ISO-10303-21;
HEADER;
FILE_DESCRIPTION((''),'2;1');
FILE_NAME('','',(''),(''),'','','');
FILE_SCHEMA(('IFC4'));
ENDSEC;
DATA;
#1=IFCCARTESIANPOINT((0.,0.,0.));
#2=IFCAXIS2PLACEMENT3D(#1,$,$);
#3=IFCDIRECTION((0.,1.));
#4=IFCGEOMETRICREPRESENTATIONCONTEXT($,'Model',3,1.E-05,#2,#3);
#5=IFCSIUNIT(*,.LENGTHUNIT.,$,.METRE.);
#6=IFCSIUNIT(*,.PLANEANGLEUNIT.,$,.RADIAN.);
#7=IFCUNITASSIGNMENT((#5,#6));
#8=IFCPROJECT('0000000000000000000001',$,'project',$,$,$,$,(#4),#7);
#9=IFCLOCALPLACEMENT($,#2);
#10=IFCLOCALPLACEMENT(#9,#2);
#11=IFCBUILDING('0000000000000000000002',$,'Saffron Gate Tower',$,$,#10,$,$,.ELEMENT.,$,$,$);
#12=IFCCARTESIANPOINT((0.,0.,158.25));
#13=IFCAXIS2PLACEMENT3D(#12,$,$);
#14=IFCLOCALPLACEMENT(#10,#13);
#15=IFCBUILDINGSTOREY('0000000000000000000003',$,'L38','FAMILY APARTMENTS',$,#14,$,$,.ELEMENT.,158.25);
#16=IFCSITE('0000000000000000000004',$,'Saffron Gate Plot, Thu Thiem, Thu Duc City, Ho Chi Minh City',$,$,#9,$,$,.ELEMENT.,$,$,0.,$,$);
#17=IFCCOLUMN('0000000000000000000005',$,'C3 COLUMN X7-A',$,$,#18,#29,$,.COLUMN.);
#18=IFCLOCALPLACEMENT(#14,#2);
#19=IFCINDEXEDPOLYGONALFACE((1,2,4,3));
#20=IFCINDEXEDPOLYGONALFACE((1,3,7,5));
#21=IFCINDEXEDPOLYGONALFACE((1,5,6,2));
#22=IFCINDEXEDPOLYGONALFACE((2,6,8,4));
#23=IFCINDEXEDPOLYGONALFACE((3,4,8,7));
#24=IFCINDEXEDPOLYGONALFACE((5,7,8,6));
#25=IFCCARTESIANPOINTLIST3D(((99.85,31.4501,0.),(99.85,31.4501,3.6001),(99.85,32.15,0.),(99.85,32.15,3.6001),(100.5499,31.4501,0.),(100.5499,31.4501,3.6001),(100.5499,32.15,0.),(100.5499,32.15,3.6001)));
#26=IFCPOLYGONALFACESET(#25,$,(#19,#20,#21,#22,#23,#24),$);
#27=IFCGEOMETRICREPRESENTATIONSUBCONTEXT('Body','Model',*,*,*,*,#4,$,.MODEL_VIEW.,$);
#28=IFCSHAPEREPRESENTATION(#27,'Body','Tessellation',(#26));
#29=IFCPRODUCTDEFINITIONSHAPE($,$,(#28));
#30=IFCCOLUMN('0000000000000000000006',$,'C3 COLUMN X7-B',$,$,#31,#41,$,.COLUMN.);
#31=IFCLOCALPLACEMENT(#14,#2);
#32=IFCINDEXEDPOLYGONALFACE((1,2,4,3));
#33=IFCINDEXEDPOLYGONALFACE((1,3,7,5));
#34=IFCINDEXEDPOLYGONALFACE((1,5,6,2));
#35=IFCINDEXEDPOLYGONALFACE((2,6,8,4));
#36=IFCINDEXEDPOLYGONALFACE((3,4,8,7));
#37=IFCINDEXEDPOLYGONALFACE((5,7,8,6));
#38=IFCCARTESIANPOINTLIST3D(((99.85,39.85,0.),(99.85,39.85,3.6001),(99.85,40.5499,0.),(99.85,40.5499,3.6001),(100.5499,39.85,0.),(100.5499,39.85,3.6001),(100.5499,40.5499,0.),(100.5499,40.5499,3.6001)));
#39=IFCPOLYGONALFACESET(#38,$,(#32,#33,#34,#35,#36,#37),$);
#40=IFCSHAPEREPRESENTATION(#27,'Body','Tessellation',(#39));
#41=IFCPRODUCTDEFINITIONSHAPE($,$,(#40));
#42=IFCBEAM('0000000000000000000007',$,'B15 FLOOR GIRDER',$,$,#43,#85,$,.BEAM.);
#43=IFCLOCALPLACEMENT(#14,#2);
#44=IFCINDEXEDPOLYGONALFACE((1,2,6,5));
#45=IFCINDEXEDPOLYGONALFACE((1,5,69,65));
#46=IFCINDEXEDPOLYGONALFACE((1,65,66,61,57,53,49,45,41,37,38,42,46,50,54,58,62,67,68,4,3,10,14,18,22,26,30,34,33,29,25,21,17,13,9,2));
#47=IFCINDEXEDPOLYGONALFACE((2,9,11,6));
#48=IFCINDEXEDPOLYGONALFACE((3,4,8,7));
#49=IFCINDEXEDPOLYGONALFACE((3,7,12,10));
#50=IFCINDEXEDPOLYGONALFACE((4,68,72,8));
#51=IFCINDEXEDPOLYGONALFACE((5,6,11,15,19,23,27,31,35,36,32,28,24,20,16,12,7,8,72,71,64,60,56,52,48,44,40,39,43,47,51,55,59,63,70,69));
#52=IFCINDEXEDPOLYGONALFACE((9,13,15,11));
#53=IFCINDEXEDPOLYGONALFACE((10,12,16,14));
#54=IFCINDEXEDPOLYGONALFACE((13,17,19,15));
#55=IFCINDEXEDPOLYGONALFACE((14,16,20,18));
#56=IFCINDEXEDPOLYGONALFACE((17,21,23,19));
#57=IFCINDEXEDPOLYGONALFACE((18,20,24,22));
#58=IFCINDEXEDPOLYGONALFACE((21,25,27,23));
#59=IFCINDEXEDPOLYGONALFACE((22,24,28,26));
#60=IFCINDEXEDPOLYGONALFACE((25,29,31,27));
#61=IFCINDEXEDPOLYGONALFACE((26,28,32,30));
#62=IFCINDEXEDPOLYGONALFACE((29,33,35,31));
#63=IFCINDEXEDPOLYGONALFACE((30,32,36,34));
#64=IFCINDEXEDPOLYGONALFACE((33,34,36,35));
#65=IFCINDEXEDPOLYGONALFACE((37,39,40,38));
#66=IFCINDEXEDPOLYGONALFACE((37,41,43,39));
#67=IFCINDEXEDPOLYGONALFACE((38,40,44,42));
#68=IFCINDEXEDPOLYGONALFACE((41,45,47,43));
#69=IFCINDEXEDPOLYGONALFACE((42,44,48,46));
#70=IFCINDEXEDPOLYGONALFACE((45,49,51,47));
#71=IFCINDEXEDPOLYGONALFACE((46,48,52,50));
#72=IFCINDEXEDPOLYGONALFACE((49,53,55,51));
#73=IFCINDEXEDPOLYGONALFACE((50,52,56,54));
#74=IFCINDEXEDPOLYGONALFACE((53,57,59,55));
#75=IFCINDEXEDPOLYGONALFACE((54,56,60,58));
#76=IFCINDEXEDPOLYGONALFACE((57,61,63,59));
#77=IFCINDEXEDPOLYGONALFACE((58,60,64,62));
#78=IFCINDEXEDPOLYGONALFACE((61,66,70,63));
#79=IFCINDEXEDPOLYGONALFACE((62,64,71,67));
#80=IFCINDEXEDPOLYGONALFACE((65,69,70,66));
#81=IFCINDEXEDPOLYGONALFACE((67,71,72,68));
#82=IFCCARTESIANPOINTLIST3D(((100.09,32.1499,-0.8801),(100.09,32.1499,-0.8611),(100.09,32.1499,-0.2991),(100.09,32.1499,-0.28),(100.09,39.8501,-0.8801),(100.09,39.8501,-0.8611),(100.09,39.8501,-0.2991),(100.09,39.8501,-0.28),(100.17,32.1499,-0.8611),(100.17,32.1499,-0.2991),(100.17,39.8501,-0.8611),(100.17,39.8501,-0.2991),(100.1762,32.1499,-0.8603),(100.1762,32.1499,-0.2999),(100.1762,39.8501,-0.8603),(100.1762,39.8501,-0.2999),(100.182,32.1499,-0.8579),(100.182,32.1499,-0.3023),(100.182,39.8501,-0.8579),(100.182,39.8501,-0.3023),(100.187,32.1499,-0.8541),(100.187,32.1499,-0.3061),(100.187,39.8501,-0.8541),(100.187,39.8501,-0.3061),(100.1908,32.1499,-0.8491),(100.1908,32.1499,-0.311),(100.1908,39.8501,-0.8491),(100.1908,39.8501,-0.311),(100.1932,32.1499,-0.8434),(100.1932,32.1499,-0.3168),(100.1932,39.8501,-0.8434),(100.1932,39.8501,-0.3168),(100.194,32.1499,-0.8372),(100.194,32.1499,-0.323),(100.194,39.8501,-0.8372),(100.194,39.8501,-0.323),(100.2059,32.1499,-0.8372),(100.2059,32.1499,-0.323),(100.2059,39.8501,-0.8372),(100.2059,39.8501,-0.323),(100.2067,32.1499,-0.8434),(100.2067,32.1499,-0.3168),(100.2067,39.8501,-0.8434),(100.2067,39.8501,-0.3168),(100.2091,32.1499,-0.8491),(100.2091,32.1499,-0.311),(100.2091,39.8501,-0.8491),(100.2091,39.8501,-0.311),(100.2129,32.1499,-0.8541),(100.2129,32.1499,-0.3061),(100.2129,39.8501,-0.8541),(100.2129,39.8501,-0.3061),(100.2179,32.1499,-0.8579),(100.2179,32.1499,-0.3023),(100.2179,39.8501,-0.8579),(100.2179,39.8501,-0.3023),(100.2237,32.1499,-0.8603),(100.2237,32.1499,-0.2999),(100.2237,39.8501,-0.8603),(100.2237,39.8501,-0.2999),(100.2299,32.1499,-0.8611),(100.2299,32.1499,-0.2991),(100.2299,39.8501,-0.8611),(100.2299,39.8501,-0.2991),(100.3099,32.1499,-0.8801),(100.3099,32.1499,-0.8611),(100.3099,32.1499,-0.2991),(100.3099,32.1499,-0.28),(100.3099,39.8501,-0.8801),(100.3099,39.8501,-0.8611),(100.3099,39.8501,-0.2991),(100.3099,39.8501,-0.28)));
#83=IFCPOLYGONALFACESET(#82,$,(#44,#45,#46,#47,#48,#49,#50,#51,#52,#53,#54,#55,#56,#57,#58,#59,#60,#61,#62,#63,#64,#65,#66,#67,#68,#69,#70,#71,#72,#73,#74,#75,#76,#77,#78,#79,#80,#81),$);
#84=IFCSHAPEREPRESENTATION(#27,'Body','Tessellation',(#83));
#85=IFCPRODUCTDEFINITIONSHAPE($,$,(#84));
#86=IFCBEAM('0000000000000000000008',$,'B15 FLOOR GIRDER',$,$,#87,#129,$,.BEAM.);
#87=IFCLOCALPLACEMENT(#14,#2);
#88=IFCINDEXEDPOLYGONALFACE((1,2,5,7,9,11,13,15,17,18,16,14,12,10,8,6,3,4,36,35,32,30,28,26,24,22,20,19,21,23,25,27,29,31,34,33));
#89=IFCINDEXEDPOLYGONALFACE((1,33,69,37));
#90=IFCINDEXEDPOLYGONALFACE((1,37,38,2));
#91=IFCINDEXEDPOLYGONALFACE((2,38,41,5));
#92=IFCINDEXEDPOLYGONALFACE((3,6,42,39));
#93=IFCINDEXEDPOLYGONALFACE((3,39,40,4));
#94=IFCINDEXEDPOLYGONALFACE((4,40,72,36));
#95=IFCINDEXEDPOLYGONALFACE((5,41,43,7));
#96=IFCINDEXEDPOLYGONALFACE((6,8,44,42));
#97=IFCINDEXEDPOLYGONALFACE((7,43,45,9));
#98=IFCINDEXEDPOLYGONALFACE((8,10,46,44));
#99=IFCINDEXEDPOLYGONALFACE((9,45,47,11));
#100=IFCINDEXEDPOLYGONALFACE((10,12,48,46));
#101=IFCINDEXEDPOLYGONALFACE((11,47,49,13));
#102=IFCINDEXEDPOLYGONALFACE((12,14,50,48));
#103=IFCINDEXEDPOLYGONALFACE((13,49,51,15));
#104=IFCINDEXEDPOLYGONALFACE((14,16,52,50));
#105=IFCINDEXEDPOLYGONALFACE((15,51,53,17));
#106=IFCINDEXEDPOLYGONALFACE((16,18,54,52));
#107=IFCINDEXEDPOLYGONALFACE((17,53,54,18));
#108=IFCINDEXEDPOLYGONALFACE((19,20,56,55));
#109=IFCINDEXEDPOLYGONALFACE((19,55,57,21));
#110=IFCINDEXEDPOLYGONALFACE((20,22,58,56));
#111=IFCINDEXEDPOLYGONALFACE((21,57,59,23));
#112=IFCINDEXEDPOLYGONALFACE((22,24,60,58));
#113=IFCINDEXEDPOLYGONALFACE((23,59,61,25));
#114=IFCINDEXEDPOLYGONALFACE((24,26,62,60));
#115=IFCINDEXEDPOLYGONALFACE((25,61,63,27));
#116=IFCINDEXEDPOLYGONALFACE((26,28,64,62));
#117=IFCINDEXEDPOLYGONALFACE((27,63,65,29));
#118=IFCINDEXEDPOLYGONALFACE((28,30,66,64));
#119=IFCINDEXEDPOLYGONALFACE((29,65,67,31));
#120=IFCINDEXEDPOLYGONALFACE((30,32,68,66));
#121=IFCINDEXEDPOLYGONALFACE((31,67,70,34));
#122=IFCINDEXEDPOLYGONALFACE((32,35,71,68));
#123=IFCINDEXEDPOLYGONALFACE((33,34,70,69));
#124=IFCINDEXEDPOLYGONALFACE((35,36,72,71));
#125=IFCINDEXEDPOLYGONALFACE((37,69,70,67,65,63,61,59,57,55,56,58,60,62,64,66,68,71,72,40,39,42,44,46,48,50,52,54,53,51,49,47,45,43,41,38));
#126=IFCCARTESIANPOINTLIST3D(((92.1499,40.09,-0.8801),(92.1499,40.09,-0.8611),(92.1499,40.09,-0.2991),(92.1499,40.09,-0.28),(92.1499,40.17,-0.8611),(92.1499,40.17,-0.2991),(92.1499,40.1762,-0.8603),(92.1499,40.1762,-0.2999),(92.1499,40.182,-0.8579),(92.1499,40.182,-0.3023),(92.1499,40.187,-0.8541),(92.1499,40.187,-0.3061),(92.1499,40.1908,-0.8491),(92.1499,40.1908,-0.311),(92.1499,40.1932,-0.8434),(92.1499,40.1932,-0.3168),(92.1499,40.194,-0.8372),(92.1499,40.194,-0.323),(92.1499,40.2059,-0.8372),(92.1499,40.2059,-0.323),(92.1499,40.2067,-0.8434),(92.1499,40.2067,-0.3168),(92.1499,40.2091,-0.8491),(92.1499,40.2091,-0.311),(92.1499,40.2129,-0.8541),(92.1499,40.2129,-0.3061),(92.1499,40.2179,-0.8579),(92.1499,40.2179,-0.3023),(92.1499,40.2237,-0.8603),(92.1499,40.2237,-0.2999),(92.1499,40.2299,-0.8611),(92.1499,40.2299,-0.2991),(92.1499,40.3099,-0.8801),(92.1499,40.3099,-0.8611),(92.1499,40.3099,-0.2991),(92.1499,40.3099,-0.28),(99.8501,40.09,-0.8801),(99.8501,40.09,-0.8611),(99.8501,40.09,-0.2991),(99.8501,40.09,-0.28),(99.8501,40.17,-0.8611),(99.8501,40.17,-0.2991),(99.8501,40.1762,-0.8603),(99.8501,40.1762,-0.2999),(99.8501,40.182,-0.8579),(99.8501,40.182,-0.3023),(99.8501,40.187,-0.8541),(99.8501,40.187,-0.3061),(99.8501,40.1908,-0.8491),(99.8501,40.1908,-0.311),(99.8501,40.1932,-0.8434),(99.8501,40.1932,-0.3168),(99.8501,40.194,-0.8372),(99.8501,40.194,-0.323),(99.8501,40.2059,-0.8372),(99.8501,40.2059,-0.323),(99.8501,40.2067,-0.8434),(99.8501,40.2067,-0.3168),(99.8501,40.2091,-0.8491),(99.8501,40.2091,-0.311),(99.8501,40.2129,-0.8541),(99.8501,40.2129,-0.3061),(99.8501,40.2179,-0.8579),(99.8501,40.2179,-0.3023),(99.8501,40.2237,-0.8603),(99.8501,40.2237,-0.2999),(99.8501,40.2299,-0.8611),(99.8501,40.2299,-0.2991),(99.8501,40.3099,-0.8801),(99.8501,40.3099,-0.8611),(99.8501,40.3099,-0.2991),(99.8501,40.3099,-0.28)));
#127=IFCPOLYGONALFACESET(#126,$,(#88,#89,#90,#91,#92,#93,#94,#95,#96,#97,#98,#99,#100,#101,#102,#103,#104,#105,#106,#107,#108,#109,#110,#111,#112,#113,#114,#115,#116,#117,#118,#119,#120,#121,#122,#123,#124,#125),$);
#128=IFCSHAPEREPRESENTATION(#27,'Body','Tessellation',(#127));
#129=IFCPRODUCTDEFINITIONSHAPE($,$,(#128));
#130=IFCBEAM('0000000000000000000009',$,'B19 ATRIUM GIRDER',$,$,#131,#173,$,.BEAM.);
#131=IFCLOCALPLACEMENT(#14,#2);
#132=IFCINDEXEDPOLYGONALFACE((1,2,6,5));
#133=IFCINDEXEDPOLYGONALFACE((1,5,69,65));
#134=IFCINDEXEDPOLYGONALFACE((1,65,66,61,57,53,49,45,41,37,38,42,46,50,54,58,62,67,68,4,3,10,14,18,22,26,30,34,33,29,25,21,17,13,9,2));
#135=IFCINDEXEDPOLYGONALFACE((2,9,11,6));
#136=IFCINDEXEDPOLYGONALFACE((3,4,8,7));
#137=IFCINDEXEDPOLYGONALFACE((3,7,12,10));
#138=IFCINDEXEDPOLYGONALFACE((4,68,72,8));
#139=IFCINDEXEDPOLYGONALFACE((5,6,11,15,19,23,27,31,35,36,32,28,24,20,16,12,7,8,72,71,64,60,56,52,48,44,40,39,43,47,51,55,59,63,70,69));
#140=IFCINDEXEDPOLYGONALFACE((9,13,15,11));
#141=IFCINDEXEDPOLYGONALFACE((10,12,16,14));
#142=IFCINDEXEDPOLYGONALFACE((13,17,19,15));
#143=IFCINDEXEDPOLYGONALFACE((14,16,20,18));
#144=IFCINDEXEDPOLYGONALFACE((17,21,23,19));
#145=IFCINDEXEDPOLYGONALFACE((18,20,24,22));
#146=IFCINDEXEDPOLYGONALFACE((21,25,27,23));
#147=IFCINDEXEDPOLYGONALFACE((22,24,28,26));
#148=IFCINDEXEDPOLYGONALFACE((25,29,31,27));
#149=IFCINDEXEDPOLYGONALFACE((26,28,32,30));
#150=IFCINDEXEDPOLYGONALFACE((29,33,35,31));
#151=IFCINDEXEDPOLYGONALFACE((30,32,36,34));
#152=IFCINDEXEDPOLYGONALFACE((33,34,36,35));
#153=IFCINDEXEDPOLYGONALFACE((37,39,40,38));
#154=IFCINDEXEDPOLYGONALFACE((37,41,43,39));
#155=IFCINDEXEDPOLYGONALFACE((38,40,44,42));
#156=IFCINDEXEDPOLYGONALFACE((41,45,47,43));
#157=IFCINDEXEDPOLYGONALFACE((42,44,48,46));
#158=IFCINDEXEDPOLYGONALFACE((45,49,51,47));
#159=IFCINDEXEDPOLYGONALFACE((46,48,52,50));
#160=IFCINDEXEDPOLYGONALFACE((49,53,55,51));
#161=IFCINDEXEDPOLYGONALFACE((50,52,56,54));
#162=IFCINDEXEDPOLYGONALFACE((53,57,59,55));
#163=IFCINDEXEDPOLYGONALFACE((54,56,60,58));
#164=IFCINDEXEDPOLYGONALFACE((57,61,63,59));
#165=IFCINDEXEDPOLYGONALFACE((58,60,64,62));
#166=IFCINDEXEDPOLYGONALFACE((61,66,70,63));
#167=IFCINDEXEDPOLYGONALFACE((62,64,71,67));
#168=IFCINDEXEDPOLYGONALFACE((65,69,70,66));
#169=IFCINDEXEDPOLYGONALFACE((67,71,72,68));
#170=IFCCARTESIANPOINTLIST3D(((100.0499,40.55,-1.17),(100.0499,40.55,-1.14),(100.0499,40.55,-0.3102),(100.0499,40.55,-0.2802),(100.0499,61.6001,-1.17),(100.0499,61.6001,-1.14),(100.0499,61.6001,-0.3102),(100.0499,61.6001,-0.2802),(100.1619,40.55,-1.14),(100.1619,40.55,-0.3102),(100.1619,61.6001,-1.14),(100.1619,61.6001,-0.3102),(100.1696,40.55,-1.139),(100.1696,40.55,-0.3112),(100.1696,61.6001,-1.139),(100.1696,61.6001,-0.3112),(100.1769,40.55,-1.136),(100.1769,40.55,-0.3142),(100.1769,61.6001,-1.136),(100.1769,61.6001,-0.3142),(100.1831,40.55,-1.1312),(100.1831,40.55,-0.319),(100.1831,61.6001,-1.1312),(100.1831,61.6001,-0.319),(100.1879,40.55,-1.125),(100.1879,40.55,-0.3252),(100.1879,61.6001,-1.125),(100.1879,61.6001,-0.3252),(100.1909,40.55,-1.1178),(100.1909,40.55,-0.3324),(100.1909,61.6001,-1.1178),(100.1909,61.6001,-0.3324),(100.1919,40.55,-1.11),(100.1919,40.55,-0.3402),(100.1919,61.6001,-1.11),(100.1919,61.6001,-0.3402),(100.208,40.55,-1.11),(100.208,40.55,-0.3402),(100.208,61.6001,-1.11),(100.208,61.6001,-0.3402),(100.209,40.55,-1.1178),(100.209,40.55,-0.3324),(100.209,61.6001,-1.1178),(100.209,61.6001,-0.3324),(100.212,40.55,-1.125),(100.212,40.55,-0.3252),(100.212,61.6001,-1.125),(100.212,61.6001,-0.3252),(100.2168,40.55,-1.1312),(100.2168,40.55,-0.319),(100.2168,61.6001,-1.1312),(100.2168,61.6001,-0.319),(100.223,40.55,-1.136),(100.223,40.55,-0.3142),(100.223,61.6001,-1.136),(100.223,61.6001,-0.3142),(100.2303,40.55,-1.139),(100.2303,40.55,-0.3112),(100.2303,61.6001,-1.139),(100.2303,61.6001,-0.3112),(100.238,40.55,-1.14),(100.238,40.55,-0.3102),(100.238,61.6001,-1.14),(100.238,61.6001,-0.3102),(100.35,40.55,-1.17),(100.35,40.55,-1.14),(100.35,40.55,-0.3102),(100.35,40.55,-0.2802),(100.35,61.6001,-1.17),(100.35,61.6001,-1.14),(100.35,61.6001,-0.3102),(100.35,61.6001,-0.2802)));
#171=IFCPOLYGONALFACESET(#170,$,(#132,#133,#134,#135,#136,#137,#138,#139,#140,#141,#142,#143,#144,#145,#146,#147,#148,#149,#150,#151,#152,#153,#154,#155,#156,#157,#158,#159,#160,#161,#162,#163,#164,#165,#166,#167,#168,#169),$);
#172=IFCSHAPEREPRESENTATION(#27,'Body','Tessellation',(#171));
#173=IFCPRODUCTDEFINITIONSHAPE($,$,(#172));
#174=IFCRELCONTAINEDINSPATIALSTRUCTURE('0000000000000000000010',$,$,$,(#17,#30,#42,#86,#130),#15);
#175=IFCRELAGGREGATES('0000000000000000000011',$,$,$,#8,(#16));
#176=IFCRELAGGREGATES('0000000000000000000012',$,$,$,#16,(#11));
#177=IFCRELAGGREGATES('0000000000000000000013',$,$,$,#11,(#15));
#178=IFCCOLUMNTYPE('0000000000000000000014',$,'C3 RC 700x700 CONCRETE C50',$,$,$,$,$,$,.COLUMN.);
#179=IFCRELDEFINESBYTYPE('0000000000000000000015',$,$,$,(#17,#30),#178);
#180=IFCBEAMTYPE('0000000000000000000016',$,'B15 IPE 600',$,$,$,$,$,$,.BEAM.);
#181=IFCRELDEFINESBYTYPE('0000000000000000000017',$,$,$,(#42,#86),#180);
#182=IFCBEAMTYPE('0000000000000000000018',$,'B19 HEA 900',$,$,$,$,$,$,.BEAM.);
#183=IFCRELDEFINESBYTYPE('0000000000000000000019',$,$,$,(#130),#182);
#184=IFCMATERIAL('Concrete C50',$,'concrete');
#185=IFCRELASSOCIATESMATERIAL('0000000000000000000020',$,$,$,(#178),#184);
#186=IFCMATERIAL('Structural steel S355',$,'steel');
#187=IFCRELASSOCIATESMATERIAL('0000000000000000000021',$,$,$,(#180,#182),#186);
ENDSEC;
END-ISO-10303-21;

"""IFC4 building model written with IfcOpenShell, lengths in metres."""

from ifc_helpers import new_model, si_unit, direction, frame, origin, origin_2d, place, context, subcontext, project, spatial, rectangle, i_section, extrude, material, material_profile, profile_set, type_object, element, save


model = new_model("IFC4")

# Units and contexts
model_context = context("Model", 3, precision=1e-05, world=origin(), true_north=direction((0.0, 1.0)))
body_context = subcontext(model_context, "Body", "Model", "MODEL_VIEW")
ifc_project = project(units=[si_unit("LENGTHUNIT", "METRE"), si_unit("PLANEANGLEUNIT", "RADIAN")], contexts=[model_context])

# Site, building, storey
site_placement = place(None, origin())
site = spatial("IfcSite", under=ifc_project, at=site_placement, Name="Saffron Gate Plot, Thu Thiem, Thu Duc City, Ho Chi Minh City", CompositionType="ELEMENT", RefElevation=0.0)
building_placement = place(site_placement, origin())
building = spatial("IfcBuilding", under=site, at=building_placement, Name="Saffron Gate Tower", CompositionType="ELEMENT")
storey_placement = place(building_placement, frame((0.0, 0.0, 158.25)))
storey = spatial("IfcBuildingStorey", under=building, at=storey_placement, Name="L38", Description="FAMILY APARTMENTS", CompositionType="ELEMENT", Elevation=158.25)

# Columns
ifc_material_1 = material(Name="Concrete C50", Category="concrete")
ifc_material_profile_1 = material_profile(ifc_material_1, rectangle(XDim=0.7, YDim=0.7, at=origin_2d()))
ifc_profile_set_1 = profile_set([ifc_material_profile_1], Name="Concrete C50")
column_type = type_object("IfcColumnType", Name="C3 RC 700x700 CONCRETE C50", PredefinedType="COLUMN", material=ifc_profile_set_1)
for number, where, z_axis, x_axis, name in (
    (1, (100.2, 31.8, 0.0), (0.0, 0.0, 1.0), (1.0, 0.0, 0.0), "C3 COLUMN X7-A"),
    (2, (100.2, 40.2, 0.0), (0.0, 0.0, 1.0), (1.0, 0.0, 0.0), "C3 COLUMN X7-B"),
):
    element("IfcColumn", number, at=place(storey_placement, frame(where, z_axis=z_axis, x_axis=x_axis)), inside=storey, type_object=column_type, Name=name, PredefinedType="COLUMN", context=body_context, shape_type="SweptSolid", body=[
        extrude(rectangle(XDim=0.7, YDim=0.7, at=origin_2d()), origin(), (0.0, 0.0, 1.0), 3.6001),
    ])

# Beams
ifc_material_2 = material(Name="Structural steel S355", Category="steel")
ifc_material_profile_2 = material_profile(ifc_material_2, i_section(OverallWidth=0.22, OverallDepth=0.6001, WebThickness=0.012, FlangeThickness=0.019, FilletRadius=0.0239, at=origin_2d()))
ifc_profile_set_2 = profile_set([ifc_material_profile_2], Name="Structural steel S355")
beam_type_1 = type_object("IfcBeamType", Name="B15 IPE 600", PredefinedType="BEAM", material=ifc_profile_set_2)
for number, where, z_axis, x_axis, name in (
    (3, (100.2, 32.1499, -0.5801), (0.0, 1.0, 0.0), (-1.0, 0.0, 0.0), "B15 FLOOR GIRDER"),
    (4, (92.1499, 40.2, -0.5801), (1.0, 0.0, 0.0), (0.0, 1.0, 0.0), "B15 FLOOR GIRDER"),
):
    element("IfcBeam", number, at=place(storey_placement, frame(where, z_axis=z_axis, x_axis=x_axis)), inside=storey, type_object=beam_type_1, Name=name, PredefinedType="BEAM", context=body_context, shape_type="SweptSolid", body=[
        extrude(i_section(OverallWidth=0.22, OverallDepth=0.6001, WebThickness=0.012, FlangeThickness=0.019, FilletRadius=0.0239, at=origin_2d()), origin(), (0.0, 0.0, 1.0), 7.7002),
    ])
ifc_material_profile_3 = material_profile(ifc_material_2, i_section(OverallWidth=0.3, OverallDepth=0.8899, WebThickness=0.0161, FlangeThickness=0.03, FilletRadius=0.03, at=origin_2d()))
ifc_profile_set_3 = profile_set([ifc_material_profile_3], Name="Structural steel S355")
beam_type_2 = type_object("IfcBeamType", Name="B19 HEA 900", PredefinedType="BEAM", material=ifc_profile_set_3)
beam_placement = place(storey_placement, frame((100.2, 40.55, -0.7251), z_axis=(0.0, 1.0, 0.0), x_axis=(-1.0, 0.0, 0.0)))
element("IfcBeam", 5, at=beam_placement, inside=storey, type_object=beam_type_2, Name="B19 ATRIUM GIRDER", PredefinedType="BEAM", context=body_context, shape_type="SweptSolid", body=[
    extrude(i_section(OverallWidth=0.3, OverallDepth=0.8899, WebThickness=0.0161, FlangeThickness=0.03, FilletRadius=0.03, at=origin_2d()), origin(), (0.0, 0.0, 1.0), 21.05),
])

save(model, "model.ifc")
